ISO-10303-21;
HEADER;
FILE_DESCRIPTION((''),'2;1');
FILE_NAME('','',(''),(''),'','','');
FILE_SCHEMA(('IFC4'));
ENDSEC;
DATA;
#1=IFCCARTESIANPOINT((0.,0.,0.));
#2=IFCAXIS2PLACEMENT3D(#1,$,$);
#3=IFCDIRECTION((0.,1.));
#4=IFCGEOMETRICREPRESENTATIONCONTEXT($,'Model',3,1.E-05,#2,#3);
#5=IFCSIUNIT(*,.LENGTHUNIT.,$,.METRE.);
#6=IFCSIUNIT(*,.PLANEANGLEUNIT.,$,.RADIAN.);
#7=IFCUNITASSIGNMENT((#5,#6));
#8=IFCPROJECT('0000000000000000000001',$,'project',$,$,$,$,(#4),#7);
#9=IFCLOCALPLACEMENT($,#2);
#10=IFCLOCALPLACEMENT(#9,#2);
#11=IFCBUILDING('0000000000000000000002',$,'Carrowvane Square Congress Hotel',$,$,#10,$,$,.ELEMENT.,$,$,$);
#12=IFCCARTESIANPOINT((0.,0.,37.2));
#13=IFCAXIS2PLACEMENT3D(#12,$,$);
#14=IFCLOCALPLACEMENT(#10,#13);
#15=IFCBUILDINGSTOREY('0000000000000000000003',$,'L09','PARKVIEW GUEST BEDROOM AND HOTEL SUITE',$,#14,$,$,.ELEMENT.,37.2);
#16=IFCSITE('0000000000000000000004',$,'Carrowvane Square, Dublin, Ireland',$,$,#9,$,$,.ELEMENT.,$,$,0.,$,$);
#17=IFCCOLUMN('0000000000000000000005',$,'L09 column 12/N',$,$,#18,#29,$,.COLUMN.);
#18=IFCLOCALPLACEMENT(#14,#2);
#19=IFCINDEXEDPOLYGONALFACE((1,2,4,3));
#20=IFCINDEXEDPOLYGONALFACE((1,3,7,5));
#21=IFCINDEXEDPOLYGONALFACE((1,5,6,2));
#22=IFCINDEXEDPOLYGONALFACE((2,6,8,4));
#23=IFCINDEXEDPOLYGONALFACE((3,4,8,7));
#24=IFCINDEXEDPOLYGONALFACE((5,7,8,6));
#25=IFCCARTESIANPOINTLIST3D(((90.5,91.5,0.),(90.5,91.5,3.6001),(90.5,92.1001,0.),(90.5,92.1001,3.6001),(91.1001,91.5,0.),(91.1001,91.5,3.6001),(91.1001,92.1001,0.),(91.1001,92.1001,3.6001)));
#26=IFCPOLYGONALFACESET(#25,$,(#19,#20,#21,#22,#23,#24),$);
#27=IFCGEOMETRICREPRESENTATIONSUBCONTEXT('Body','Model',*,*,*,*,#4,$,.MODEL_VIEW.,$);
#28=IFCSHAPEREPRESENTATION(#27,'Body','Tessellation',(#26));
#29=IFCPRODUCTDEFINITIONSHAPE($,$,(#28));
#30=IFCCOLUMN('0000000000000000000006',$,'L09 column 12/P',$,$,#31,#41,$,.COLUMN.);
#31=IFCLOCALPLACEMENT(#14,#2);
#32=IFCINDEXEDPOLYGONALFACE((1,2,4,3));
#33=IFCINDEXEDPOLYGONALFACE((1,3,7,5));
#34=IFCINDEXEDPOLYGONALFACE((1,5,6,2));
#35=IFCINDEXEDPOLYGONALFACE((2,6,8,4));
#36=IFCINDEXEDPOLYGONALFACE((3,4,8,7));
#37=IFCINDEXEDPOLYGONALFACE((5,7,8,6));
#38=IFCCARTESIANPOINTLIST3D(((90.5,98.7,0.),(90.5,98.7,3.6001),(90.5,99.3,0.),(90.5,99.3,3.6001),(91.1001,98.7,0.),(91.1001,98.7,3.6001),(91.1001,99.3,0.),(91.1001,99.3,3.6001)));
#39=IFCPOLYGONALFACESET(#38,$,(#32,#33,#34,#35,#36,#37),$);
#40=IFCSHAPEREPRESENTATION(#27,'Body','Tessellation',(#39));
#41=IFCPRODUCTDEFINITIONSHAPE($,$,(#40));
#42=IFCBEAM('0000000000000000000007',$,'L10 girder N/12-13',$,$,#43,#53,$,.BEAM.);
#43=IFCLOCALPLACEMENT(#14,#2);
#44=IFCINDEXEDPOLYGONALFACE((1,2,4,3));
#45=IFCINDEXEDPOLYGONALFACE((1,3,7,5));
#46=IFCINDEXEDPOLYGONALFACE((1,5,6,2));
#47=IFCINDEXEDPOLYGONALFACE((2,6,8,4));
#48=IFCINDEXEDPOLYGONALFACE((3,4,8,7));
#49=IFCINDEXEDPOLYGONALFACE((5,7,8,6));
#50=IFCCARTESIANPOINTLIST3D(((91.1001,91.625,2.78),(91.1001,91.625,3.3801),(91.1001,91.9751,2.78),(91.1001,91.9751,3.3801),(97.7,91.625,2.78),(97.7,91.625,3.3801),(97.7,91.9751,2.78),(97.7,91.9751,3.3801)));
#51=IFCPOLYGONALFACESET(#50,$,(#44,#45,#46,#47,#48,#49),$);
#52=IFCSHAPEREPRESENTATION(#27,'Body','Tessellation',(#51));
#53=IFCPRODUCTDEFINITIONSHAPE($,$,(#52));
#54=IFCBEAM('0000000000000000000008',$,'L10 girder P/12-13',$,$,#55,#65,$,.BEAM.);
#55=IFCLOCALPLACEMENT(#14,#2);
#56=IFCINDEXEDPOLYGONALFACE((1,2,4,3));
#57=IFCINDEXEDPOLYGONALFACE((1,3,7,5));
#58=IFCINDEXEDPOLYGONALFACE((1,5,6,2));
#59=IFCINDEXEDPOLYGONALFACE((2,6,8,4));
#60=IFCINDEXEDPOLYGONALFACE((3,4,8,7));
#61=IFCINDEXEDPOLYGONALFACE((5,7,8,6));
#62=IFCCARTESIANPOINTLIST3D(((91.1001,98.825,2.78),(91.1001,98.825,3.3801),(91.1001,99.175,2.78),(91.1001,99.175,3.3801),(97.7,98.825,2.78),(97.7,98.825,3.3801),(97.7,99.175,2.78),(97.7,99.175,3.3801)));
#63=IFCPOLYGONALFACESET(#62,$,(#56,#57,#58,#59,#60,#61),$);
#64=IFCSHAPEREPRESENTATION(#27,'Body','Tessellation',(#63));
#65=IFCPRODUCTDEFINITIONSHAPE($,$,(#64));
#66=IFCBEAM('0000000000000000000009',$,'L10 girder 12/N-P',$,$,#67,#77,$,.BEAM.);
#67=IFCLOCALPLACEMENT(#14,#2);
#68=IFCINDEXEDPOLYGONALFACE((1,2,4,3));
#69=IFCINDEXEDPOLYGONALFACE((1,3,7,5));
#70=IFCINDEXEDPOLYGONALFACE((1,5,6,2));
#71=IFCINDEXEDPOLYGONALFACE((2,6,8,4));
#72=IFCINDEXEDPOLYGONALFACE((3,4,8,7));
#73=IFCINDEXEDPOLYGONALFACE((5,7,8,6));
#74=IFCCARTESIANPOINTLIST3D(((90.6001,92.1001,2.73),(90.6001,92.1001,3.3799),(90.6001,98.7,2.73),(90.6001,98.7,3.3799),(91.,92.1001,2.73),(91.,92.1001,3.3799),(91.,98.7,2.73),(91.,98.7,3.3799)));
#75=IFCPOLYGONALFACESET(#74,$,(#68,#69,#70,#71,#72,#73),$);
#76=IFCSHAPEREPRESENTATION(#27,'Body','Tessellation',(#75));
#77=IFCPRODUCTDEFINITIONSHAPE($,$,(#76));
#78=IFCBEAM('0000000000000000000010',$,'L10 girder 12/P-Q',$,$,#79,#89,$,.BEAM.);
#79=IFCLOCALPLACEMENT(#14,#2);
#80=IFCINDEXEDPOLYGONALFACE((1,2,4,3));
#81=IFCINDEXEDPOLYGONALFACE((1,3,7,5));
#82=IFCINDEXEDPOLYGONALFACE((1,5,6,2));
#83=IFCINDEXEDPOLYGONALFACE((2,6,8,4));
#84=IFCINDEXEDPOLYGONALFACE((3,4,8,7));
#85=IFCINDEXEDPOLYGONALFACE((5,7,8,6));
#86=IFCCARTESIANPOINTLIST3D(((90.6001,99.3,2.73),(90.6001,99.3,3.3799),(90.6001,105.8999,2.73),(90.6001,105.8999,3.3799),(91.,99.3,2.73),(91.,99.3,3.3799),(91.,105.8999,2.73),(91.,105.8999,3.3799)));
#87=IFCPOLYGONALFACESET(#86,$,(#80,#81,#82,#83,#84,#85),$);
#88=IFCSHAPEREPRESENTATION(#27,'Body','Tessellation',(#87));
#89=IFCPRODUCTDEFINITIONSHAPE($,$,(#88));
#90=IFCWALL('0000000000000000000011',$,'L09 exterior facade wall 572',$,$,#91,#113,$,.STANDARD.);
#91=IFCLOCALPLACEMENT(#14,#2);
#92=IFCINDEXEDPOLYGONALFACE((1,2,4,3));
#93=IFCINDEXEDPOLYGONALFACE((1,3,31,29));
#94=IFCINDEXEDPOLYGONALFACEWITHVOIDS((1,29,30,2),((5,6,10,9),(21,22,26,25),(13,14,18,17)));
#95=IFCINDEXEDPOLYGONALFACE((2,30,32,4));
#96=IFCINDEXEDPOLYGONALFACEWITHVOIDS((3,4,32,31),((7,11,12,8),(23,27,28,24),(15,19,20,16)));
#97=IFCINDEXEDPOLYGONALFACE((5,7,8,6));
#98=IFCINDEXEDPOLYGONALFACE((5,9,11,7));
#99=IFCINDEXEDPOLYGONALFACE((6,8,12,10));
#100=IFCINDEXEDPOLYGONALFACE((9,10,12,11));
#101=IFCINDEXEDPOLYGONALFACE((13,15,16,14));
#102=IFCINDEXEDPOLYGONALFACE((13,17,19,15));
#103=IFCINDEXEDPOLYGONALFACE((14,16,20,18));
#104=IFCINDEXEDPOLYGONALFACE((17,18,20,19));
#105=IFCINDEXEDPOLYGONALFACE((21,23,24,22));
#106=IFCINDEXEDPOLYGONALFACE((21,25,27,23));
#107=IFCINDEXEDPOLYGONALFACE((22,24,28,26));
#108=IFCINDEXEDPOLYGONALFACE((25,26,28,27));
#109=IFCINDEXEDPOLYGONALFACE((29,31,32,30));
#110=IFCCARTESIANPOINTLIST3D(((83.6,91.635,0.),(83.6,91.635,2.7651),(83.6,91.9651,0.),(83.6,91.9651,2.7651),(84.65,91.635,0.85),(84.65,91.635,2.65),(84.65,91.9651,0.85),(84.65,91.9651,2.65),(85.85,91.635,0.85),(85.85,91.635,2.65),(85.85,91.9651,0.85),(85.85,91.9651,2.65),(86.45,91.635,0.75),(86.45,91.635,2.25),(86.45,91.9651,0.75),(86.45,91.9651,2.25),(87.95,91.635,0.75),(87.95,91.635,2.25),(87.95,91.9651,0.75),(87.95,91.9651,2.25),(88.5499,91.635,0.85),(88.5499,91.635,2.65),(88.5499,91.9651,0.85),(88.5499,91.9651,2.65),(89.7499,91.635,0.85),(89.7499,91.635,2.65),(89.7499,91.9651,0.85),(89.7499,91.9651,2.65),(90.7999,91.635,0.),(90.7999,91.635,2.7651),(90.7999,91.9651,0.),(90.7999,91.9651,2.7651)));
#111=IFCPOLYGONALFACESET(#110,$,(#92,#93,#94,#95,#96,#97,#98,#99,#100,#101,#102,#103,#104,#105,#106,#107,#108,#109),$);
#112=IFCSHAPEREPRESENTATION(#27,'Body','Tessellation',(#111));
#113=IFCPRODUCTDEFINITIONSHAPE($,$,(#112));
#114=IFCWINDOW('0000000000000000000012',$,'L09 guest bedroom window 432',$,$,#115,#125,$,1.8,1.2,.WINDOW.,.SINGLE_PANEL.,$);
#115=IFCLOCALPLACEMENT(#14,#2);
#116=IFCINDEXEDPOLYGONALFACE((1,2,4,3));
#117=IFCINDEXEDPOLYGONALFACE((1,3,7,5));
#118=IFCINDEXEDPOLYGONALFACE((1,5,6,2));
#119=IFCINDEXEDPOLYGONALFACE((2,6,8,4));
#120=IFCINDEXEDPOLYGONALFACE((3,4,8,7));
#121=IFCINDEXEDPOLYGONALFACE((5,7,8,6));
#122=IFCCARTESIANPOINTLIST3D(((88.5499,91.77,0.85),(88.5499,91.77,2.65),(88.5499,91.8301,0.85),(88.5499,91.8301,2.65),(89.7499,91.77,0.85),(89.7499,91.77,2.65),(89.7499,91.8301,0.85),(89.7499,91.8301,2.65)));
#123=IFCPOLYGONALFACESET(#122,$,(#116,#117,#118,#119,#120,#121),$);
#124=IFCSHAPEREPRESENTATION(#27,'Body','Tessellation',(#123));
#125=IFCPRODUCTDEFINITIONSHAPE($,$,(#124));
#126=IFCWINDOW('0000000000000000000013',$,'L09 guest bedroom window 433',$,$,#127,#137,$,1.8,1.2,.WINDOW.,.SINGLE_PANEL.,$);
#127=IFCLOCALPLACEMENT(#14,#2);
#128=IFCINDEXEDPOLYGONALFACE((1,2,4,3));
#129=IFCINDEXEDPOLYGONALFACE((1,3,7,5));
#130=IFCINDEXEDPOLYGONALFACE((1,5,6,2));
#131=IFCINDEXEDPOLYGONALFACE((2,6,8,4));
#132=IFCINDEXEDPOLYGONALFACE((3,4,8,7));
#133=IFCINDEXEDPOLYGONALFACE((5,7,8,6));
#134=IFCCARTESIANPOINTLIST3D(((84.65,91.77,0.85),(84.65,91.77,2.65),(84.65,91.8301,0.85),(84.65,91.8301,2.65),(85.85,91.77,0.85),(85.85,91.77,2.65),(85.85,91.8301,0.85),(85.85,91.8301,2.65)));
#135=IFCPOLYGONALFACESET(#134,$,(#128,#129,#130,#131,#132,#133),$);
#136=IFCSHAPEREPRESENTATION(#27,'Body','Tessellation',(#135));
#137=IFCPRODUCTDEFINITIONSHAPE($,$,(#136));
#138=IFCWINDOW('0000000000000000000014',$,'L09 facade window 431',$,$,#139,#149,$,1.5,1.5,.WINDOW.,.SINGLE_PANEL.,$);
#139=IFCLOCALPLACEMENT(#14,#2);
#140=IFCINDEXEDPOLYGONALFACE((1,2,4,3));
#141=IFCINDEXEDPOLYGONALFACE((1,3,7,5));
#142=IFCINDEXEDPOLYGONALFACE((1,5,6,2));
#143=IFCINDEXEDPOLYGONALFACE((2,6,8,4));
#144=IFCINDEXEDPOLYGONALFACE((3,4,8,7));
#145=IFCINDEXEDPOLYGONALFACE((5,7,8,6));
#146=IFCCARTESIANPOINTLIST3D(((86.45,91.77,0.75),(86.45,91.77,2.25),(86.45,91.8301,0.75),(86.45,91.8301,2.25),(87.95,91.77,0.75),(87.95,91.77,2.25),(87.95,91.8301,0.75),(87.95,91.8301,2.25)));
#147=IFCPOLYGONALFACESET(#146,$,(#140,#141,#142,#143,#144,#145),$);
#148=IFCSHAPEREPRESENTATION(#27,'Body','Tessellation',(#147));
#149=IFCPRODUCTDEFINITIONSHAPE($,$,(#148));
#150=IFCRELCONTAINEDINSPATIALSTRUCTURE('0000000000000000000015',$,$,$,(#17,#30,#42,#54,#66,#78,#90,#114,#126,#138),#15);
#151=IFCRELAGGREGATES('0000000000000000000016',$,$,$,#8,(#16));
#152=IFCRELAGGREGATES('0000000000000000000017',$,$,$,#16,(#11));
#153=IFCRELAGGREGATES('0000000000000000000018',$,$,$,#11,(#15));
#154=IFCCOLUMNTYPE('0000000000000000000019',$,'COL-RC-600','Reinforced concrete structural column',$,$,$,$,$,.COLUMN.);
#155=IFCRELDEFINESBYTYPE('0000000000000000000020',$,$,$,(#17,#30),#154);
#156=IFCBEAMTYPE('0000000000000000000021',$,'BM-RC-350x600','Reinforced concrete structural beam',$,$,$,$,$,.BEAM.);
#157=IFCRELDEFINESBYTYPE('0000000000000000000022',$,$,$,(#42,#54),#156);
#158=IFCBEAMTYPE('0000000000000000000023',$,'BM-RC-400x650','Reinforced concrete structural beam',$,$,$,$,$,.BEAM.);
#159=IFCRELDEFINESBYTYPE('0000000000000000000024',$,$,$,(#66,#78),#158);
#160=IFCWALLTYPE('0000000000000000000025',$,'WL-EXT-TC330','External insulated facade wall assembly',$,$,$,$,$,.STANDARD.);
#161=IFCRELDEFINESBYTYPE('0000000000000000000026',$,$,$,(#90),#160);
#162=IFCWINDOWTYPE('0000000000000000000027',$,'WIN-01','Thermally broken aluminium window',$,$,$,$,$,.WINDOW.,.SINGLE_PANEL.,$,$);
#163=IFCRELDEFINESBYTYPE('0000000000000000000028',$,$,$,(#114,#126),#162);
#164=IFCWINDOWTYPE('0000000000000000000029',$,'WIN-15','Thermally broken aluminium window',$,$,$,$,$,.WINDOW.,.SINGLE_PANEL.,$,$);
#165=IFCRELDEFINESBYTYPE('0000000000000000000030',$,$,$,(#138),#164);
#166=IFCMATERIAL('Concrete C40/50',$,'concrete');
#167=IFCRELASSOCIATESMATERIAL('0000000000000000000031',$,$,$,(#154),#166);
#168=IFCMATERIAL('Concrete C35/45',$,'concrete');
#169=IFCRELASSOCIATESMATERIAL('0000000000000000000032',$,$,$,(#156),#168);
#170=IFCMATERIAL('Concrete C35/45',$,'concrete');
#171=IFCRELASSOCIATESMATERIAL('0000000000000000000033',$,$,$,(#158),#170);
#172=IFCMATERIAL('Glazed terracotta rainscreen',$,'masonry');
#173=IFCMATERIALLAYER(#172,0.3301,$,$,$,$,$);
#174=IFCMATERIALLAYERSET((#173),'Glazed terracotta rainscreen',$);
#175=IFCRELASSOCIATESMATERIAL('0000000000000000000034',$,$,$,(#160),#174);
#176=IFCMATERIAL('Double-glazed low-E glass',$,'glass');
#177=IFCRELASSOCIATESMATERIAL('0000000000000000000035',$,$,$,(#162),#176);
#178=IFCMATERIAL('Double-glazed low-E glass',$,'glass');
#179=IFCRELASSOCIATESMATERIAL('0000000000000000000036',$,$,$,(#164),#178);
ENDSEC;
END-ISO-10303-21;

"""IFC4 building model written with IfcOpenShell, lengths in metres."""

from ifc_helpers import new_model, si_unit, direction, frame, frame_2d, origin, origin_2d, place, context, subcontext, project, spatial, rectangle, extrude, material, layer, layer_set, material_profile, profile_set, type_object, element, fill, save


model = new_model("IFC4")

# Units and contexts
model_context = context("Model", 3, precision=1e-05, world=origin(), true_north=direction((0.0, 1.0)))
body_context = subcontext(model_context, "Body", "Model", "MODEL_VIEW")
ifc_project = project(units=[si_unit("LENGTHUNIT", "METRE"), si_unit("PLANEANGLEUNIT", "RADIAN")], contexts=[model_context])

# Site, building, storey
site_placement = place(None, origin())
site = spatial("IfcSite", under=ifc_project, at=site_placement, Name="Carrowvane Square, Dublin, Ireland", CompositionType="ELEMENT", RefElevation=0.0)
building_placement = place(site_placement, origin())
building = spatial("IfcBuilding", under=site, at=building_placement, Name="Carrowvane Square Congress Hotel", CompositionType="ELEMENT")
storey_placement = place(building_placement, frame((0.0, 0.0, 37.2)))
storey = spatial("IfcBuildingStorey", under=building, at=storey_placement, Name="L09", Description="PARKVIEW GUEST BEDROOM AND HOTEL SUITE", CompositionType="ELEMENT", Elevation=37.2)

# Columns
ifc_material_1 = material(Name="Concrete C40/50", Category="concrete")
ifc_material_profile_1 = material_profile(ifc_material_1, rectangle(XDim=0.6001, YDim=0.6001, at=origin_2d()), Name="RC 600x600")
ifc_profile_set_1 = profile_set([ifc_material_profile_1], Name="Concrete C40/50")
column_type = type_object("IfcColumnType", Name="COL-RC-600", Description="Reinforced concrete structural column", PredefinedType="COLUMN", material=ifc_profile_set_1)
for number, where, z_axis, x_axis, name in (
    (1, (90.8, 91.8, 0.0), (0.0, 0.0, 1.0), (1.0, 0.0, 0.0), "L09 column 12/N"),
    (2, (90.8, 99.0, 0.0), (0.0, 0.0, 1.0), (1.0, 0.0, 0.0), "L09 column 12/P"),
):
    element("IfcColumn", number, at=place(storey_placement, frame(where, z_axis=z_axis, x_axis=x_axis)), inside=storey, type_object=column_type, Name=name, PredefinedType="COLUMN", context=body_context, shape_type="SweptSolid", body=[
        extrude(rectangle(XDim=0.6001, YDim=0.6001, at=origin_2d()), origin(), (0.0, 0.0, 1.0), 3.6001),
    ])

# Beams
ifc_material_2 = material(Name="Concrete C35/45", Category="concrete")
ifc_material_profile_2 = material_profile(ifc_material_2, rectangle(XDim=0.3501, YDim=0.6001, at=origin_2d()), Name="RC 350x600")
ifc_profile_set_2 = profile_set([ifc_material_profile_2], Name="Concrete C35/45")
beam_type_1 = type_object("IfcBeamType", Name="BM-RC-350x600", Description="Reinforced concrete structural beam", PredefinedType="BEAM", material=ifc_profile_set_2)
for number, where, z_axis, x_axis, name in (
    (3, (91.1001, 91.8, 3.0801), (1.0, 0.0, 0.0), (0.0, 1.0, 0.0), "L10 girder N/12-13"),
    (4, (91.1001, 99.0, 3.0801), (1.0, 0.0, 0.0), (0.0, 1.0, 0.0), "L10 girder P/12-13"),
):
    element("IfcBeam", number, at=place(storey_placement, frame(where, z_axis=z_axis, x_axis=x_axis)), inside=storey, type_object=beam_type_1, Name=name, PredefinedType="BEAM", context=body_context, shape_type="SweptSolid", body=[
        extrude(rectangle(XDim=0.3501, YDim=0.6001, at=origin_2d()), origin(), (0.0, 0.0, 1.0), 6.5999),
    ])
ifc_material_3 = material(Name="Concrete C35/45", Category="concrete")
ifc_material_profile_3 = material_profile(ifc_material_3, rectangle(XDim=0.3999, YDim=0.6499, at=origin_2d()), Name="RC 400x650")
ifc_profile_set_3 = profile_set([ifc_material_profile_3], Name="Concrete C35/45")
beam_type_2 = type_object("IfcBeamType", Name="BM-RC-400x650", Description="Reinforced concrete structural beam", PredefinedType="BEAM", material=ifc_profile_set_3)
for number, where, z_axis, x_axis, name in (
    (5, (90.8, 92.1001, 3.0549), (0.0, 1.0, 0.0), (-1.0, 0.0, 0.0), "L10 girder 12/N-P"),
    (6, (90.8, 99.3, 3.0549), (0.0, 1.0, 0.0), (-1.0, 0.0, 0.0), "L10 girder 12/P-Q"),
):
    element("IfcBeam", number, at=place(storey_placement, frame(where, z_axis=z_axis, x_axis=x_axis)), inside=storey, type_object=beam_type_2, Name=name, PredefinedType="BEAM", context=body_context, shape_type="SweptSolid", body=[
        extrude(rectangle(XDim=0.3999, YDim=0.6499, at=origin_2d()), origin(), (0.0, 0.0, 1.0), 6.5999),
    ])

# Wall, openings, windows
ifc_material_4 = material(Name="Glazed terracotta rainscreen", Category="masonry")
ifc_layer_1 = layer(ifc_material_4, 0.3301)
ifc_layer_set_1 = layer_set([ifc_layer_1], Name="Glazed terracotta rainscreen")
wall_type_1 = type_object("IfcWallType", Name="WL-EXT-TC330", Description="External insulated facade wall assembly", PredefinedType="STANDARD", material=ifc_layer_set_1)
wall_1_placement = place(storey_placement, frame((90.8, 91.8, 0.0), z_axis=(0.0, 0.0, 1.0), x_axis=(-1.0, 0.0, 0.0)))
wall_1 = element("IfcWall", 7, at=wall_1_placement, inside=storey, type_object=wall_type_1, Name="L09 exterior facade wall 572", PredefinedType="STANDARD", context=body_context, shape_type="SweptSolid", body=[
    extrude(rectangle(XDim=7.2, YDim=0.3301, at=frame_2d((3.6001, 0.0))), origin(), (0.0, 0.0, 1.0), 2.7651),
])
opening_1_placement = place(wall_1_placement, frame((2.8501, 0.0, 0.75)))
opening_1 = element("IfcOpeningElement", 8, at=opening_1_placement, cuts=wall_1, PredefinedType="OPENING", context=body_context, shape_type="SweptSolid", body=[
    extrude(rectangle(XDim=1.5, YDim=1.5, at=frame_2d((0.75, 0.75))), frame((0.0, 0.175, 0.0), z_axis=(0.0, -1.0, 0.0), x_axis=(1.0, 0.0, 0.0)), (0.0, 0.0, 1.0), 0.3501),
])
opening_2_placement = place(wall_1_placement, frame((1.05, 0.0, 0.8501)))
opening_2 = element("IfcOpeningElement", 9, at=opening_2_placement, cuts=wall_1, PredefinedType="OPENING", context=body_context, shape_type="SweptSolid", body=[
    extrude(rectangle(XDim=1.2, YDim=1.8, at=frame_2d((0.6001, 0.8999))), frame((0.0, 0.175, 0.0), z_axis=(0.0, -1.0, 0.0), x_axis=(1.0, 0.0, 0.0)), (0.0, 0.0, 1.0), 0.3501),
])
opening_3_placement = place(wall_1_placement, frame((4.95, 0.0, 0.8501)))
opening_3 = element("IfcOpeningElement", 10, at=opening_3_placement, cuts=wall_1, PredefinedType="OPENING", context=body_context, shape_type="SweptSolid", body=[
    extrude(rectangle(XDim=1.2, YDim=1.8, at=frame_2d((0.6001, 0.8999))), frame((0.0, 0.175, 0.0), z_axis=(0.0, -1.0, 0.0), x_axis=(1.0, 0.0, 0.0)), (0.0, 0.0, 1.0), 0.3501),
])
ifc_material_5 = material(Name="Double-glazed low-E glass", Category="glass")
window_type_1 = type_object("IfcWindowType", Name="WIN-01", Description="Thermally broken aluminium window", PartitioningType="SINGLE_PANEL", PredefinedType="WINDOW", material=ifc_material_5)
window_1_placement = place(opening_2_placement, origin())
window_1 = element("IfcWindow", 11, at=window_1_placement, inside=storey, type_object=window_type_1, Name="L09 guest bedroom window 432", OverallHeight=1.8, OverallWidth=1.2, PartitioningType="SINGLE_PANEL", PredefinedType="WINDOW", context=body_context, shape_type="SweptSolid", body=[
    extrude(rectangle(XDim=1.2, YDim=1.8, at=frame_2d((0.6001, 0.8999))), frame((0.0, 0.03, 0.0), z_axis=(0.0, -1.0, 0.0), x_axis=(1.0, 0.0, 0.0)), (0.0, 0.0, 1.0), 0.0601),
])
fill(opening_2, window_1)
window_2_placement = place(opening_3_placement, origin())
window_2 = element("IfcWindow", 12, at=window_2_placement, inside=storey, type_object=window_type_1, Name="L09 guest bedroom window 433", OverallHeight=1.8, OverallWidth=1.2, PartitioningType="SINGLE_PANEL", PredefinedType="WINDOW", context=body_context, shape_type="SweptSolid", body=[
    extrude(rectangle(XDim=1.2, YDim=1.8, at=frame_2d((0.6001, 0.8999))), frame((0.0, 0.03, 0.0), z_axis=(0.0, -1.0, 0.0), x_axis=(1.0, 0.0, 0.0)), (0.0, 0.0, 1.0), 0.0601),
])
fill(opening_3, window_2)
ifc_material_6 = material(Name="Double-glazed low-E glass", Category="glass")
window_type_2 = type_object("IfcWindowType", Name="WIN-15", Description="Thermally broken aluminium window", PartitioningType="SINGLE_PANEL", PredefinedType="WINDOW", material=ifc_material_6)
window_3_placement = place(opening_1_placement, origin())
window_3 = element("IfcWindow", 13, at=window_3_placement, inside=storey, type_object=window_type_2, Name="L09 facade window 431", OverallHeight=1.5, OverallWidth=1.5, PartitioningType="SINGLE_PANEL", PredefinedType="WINDOW", context=body_context, shape_type="SweptSolid", body=[
    extrude(rectangle(XDim=1.5, YDim=1.5, at=frame_2d((0.75, 0.75))), frame((0.0, 0.03, 0.0), z_axis=(0.0, -1.0, 0.0), x_axis=(1.0, 0.0, 0.0)), (0.0, 0.0, 1.0), 0.0601),
])
fill(opening_1, window_3)

save(model, "model.ifc")
